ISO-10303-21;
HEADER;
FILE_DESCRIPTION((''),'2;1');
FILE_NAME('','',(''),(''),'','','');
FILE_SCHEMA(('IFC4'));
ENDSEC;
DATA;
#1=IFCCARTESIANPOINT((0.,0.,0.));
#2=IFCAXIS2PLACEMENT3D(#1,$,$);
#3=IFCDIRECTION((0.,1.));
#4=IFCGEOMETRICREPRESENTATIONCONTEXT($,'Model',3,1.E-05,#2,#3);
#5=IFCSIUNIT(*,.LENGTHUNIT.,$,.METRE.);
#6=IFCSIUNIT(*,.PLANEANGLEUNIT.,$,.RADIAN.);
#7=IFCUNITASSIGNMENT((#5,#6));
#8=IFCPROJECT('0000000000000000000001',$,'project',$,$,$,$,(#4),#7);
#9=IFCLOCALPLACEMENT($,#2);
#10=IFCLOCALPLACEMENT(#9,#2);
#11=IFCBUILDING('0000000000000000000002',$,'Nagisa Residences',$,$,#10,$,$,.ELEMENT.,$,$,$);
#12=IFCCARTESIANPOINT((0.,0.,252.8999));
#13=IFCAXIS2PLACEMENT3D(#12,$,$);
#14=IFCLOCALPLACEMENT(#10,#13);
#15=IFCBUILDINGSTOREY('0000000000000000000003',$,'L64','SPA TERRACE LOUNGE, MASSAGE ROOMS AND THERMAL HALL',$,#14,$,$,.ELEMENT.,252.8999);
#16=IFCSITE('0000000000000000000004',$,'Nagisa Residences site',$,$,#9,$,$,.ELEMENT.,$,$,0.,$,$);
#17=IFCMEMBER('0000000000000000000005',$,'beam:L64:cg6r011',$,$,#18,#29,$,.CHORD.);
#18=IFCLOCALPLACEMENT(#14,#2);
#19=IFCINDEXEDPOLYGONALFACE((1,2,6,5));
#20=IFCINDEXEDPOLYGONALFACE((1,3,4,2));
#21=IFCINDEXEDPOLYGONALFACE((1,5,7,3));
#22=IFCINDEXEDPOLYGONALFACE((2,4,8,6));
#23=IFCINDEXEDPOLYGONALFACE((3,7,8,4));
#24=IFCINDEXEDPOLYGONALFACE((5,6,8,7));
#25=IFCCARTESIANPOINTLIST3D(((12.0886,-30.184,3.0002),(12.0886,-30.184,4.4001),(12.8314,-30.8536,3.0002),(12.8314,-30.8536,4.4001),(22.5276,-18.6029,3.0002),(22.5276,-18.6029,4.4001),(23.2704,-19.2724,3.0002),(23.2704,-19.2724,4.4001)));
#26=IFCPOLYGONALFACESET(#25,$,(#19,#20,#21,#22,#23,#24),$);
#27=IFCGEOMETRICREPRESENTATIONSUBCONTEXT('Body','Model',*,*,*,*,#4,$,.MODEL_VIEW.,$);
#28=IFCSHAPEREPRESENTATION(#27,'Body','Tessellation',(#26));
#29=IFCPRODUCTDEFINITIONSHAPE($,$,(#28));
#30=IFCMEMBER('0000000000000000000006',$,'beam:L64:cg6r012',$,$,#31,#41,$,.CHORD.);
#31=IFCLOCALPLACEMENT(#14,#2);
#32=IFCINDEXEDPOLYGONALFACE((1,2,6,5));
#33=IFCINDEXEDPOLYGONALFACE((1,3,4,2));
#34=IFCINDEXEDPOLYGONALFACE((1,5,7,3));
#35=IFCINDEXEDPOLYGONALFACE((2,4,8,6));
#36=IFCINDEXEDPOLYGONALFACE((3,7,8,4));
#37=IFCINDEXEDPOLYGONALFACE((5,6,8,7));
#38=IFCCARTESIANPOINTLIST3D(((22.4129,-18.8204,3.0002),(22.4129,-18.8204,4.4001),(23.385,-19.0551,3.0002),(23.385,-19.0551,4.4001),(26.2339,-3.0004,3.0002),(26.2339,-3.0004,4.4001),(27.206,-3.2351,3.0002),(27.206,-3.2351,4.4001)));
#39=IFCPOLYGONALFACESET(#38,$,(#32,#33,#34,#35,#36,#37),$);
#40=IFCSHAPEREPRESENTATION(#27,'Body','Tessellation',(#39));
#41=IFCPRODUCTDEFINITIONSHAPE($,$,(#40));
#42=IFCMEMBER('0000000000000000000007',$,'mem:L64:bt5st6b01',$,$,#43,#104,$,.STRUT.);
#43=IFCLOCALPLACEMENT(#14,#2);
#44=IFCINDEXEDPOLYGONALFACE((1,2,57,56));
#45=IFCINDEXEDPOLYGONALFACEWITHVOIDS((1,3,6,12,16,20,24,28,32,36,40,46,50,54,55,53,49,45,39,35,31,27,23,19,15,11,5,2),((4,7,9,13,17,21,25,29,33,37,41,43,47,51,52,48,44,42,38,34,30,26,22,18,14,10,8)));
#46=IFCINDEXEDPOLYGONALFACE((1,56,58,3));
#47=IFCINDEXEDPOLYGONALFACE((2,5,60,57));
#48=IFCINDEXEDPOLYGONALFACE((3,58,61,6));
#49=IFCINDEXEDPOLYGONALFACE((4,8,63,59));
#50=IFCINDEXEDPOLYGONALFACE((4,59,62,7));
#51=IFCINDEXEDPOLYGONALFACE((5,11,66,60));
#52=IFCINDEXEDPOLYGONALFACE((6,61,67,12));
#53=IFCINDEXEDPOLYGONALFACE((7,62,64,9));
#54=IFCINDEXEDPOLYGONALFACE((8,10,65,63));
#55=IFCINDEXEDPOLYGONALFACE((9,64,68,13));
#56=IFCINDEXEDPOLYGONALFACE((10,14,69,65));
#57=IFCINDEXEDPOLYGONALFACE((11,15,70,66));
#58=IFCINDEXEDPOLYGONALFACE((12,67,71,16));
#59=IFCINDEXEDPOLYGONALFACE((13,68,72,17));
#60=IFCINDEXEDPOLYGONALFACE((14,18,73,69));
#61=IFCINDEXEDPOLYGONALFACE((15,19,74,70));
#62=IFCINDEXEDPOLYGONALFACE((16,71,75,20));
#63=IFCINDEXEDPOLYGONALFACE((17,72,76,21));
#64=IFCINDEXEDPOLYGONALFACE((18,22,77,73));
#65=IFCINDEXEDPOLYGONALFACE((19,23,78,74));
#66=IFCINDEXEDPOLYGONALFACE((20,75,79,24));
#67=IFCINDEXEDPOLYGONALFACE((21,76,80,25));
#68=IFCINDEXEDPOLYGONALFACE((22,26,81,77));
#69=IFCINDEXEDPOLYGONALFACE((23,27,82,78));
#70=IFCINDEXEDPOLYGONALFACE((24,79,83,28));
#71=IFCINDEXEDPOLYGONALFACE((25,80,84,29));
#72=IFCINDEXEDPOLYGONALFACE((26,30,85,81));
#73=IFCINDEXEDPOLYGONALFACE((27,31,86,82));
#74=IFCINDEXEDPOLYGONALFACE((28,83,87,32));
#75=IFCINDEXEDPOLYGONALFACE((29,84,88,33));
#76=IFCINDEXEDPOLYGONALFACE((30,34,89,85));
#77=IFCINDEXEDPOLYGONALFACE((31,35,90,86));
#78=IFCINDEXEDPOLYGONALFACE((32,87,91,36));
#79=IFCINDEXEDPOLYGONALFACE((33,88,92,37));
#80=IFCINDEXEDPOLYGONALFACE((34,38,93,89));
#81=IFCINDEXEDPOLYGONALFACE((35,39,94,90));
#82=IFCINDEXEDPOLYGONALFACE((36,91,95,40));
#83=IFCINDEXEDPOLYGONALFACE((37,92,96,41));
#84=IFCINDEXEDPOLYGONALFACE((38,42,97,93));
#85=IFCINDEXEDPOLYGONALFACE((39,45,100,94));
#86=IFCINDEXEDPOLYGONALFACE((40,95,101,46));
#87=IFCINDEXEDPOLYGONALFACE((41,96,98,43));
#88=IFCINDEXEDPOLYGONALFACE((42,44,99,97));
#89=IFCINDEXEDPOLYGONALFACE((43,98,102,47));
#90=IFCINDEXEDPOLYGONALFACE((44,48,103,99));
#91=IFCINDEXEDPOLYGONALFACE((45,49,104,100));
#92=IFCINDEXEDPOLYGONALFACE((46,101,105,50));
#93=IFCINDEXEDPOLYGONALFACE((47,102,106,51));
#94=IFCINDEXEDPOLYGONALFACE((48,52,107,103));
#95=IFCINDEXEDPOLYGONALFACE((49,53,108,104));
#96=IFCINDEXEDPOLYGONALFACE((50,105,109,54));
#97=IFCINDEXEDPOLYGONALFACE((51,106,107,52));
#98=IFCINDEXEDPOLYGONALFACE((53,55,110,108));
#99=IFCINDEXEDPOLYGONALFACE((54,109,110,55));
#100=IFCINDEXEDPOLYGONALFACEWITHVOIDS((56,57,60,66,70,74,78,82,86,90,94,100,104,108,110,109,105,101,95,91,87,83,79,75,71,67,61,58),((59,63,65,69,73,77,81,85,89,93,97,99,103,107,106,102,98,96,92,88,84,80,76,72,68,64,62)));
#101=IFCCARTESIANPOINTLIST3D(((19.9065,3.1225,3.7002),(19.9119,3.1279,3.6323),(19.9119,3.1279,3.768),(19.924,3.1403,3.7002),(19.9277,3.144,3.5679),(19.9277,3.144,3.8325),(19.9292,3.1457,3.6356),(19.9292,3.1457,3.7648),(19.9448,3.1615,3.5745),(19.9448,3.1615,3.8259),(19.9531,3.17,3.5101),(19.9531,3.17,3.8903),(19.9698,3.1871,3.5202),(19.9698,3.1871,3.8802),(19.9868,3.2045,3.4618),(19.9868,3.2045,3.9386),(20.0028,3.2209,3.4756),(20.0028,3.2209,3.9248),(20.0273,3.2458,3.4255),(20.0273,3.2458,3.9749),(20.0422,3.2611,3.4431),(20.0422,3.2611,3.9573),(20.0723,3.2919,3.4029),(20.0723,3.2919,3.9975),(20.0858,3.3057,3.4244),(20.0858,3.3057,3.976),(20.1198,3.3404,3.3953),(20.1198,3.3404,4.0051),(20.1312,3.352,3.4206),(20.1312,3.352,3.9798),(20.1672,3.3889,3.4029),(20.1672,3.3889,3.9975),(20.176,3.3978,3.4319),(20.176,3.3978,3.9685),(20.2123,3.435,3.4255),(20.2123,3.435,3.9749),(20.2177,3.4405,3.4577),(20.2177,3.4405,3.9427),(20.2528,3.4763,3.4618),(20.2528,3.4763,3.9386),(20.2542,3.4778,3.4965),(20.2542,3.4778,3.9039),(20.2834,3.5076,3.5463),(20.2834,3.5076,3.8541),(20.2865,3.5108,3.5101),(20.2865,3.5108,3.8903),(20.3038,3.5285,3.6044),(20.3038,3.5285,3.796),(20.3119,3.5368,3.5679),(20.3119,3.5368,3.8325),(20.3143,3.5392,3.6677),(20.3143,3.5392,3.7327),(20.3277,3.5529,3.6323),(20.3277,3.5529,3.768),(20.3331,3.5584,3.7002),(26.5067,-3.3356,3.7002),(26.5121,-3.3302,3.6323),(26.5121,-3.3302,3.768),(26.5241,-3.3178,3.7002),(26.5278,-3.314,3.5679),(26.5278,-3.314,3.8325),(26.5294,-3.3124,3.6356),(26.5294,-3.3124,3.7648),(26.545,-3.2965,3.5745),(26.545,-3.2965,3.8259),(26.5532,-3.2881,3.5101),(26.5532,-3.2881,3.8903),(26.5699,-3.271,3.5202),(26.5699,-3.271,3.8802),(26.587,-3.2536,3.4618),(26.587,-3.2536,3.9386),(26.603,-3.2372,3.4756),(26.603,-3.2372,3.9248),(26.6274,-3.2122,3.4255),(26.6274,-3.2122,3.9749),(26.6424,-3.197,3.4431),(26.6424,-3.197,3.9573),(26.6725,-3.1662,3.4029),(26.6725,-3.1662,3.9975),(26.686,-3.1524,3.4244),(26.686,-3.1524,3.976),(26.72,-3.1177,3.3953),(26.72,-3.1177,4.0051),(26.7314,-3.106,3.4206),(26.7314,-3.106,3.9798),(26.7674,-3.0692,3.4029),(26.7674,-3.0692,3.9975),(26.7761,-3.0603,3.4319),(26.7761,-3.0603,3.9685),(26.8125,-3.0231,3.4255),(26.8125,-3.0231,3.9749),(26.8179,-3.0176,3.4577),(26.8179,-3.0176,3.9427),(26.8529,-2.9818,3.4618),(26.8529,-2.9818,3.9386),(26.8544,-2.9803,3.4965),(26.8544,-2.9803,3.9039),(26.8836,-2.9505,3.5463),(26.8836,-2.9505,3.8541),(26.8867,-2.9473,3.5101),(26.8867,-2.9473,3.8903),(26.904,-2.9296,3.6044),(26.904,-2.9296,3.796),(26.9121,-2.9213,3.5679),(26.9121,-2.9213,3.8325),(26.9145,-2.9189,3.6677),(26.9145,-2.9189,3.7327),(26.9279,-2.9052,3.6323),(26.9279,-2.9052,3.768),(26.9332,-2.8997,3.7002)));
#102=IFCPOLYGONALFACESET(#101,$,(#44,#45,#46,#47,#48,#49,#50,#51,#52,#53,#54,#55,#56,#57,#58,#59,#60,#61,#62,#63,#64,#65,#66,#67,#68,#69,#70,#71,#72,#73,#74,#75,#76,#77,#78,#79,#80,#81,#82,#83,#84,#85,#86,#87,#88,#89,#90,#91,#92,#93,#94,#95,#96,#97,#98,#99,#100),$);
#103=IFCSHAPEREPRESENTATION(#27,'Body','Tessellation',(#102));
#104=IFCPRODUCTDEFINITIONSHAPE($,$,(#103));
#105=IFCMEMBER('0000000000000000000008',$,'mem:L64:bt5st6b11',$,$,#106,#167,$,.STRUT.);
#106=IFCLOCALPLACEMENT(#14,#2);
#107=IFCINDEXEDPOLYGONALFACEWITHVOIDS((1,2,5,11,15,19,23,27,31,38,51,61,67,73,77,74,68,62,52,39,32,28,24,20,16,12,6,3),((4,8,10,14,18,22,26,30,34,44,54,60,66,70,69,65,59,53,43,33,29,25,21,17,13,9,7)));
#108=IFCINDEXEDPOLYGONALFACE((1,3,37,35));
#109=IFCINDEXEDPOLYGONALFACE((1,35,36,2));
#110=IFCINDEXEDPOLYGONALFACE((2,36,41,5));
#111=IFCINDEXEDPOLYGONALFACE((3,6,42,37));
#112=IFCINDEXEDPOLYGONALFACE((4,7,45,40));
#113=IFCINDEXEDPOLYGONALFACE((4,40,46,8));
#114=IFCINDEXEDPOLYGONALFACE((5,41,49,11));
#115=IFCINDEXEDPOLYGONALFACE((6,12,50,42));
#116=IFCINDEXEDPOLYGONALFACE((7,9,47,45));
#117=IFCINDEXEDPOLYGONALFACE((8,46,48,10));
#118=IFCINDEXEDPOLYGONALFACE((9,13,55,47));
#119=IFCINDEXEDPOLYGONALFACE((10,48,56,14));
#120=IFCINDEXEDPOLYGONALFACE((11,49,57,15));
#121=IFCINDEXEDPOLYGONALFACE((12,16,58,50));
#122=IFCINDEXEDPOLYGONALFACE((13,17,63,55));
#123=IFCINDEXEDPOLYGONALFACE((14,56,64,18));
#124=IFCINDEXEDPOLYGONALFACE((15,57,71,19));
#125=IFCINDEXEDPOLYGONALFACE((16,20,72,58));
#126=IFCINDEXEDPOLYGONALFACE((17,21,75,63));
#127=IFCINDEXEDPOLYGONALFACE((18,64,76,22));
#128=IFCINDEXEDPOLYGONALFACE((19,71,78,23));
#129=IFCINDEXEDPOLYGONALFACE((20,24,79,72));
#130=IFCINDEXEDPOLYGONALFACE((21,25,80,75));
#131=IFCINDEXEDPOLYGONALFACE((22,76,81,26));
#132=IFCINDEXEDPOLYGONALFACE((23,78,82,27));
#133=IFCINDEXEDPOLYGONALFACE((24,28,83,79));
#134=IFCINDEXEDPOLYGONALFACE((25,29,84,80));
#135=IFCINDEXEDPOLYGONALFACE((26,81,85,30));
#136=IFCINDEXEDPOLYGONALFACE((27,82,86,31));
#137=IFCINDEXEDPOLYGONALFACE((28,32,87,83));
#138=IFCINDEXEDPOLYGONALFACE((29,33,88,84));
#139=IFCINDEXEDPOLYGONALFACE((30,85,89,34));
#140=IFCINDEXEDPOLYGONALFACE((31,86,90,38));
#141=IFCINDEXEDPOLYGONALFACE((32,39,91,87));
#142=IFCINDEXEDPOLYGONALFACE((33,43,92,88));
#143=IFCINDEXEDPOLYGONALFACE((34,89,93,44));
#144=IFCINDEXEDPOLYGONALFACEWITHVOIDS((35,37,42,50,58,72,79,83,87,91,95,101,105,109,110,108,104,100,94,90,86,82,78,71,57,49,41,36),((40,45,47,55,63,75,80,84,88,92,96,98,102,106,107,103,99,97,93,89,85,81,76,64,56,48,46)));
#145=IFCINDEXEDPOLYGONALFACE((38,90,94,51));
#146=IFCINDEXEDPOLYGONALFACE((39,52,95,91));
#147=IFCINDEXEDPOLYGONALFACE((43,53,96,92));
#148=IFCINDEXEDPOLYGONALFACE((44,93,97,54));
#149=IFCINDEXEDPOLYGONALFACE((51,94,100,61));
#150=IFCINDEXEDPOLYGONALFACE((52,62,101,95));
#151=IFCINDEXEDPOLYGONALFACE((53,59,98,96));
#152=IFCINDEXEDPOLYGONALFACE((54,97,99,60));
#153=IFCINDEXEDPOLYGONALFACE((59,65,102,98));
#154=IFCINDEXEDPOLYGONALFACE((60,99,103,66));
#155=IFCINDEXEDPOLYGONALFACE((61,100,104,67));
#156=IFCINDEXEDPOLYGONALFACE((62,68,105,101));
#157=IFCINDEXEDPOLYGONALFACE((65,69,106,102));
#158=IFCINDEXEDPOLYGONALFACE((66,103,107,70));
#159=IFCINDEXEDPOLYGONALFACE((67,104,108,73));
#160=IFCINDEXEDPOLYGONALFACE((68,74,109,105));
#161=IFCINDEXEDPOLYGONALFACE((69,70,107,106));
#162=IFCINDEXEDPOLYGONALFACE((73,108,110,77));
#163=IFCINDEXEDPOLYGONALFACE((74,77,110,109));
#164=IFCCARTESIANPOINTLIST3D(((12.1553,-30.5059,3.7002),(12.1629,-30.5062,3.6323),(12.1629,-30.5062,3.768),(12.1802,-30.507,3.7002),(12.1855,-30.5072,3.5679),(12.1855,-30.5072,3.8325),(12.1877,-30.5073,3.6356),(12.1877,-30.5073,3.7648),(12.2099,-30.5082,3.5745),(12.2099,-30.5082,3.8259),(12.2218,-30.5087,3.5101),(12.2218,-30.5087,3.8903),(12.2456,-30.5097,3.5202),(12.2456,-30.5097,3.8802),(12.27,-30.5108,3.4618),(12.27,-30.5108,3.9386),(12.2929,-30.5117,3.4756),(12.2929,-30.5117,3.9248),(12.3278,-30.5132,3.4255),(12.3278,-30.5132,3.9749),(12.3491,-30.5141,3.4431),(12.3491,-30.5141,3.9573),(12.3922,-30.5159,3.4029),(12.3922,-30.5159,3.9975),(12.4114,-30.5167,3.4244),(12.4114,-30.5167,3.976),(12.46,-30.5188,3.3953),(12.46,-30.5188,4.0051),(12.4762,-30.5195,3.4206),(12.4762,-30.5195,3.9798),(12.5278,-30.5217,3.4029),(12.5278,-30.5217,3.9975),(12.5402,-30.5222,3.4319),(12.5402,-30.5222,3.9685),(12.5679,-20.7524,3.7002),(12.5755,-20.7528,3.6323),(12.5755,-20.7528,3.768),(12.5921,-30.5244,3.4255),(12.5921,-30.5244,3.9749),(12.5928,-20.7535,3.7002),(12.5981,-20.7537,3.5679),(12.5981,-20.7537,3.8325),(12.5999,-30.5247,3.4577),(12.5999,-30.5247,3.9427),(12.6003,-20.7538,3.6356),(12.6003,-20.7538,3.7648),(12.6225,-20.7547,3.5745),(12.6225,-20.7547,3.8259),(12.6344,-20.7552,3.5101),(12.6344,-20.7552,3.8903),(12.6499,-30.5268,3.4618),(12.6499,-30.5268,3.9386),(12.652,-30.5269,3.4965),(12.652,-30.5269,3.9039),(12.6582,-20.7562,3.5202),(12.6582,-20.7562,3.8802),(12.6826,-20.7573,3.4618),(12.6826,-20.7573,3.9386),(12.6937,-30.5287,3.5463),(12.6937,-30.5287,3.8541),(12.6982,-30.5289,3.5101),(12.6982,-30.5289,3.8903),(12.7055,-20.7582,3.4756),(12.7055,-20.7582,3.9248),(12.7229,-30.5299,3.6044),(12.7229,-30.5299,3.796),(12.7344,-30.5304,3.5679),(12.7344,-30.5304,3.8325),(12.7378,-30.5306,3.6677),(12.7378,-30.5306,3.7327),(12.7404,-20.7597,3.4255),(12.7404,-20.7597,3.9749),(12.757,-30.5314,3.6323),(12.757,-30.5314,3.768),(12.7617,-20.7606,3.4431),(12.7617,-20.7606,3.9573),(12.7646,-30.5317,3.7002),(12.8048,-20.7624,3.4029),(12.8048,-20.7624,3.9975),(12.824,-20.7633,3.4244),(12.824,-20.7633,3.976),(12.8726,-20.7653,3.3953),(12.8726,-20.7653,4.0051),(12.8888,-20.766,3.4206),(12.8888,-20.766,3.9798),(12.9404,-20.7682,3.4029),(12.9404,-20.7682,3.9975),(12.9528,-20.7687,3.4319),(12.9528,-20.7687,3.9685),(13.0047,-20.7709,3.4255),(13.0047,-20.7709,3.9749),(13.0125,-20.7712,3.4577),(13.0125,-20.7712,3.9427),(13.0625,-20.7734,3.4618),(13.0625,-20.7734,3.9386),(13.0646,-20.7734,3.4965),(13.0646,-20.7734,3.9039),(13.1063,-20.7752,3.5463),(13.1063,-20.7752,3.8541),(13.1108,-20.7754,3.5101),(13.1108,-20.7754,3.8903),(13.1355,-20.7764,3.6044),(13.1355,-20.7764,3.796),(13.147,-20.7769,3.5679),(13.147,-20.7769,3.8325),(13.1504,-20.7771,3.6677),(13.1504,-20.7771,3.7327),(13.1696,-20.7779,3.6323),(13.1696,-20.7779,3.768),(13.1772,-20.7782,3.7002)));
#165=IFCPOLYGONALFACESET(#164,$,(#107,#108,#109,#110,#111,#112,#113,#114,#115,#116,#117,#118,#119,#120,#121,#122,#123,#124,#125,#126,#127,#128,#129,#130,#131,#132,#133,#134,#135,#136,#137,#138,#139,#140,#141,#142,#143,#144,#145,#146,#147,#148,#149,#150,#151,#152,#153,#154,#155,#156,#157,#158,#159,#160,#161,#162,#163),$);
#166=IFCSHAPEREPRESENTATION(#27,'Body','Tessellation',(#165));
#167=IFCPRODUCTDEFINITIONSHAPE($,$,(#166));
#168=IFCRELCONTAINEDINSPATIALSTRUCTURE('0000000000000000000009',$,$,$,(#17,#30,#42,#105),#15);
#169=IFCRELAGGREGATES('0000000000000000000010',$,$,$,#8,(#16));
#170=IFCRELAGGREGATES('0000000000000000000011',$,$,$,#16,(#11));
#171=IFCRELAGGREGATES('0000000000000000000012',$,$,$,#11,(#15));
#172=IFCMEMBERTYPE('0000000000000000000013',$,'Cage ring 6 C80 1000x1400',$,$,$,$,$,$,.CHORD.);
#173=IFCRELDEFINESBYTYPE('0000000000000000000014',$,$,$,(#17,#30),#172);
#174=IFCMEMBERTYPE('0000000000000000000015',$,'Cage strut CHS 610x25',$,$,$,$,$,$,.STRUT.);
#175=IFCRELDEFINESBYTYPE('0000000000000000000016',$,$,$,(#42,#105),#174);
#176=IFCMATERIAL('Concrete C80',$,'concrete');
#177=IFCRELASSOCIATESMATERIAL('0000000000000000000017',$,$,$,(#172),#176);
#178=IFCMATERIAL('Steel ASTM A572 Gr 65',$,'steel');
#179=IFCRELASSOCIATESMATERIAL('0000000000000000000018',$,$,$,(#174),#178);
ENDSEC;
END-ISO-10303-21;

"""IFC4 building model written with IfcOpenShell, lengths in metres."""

from ifc_helpers import new_model, si_unit, direction, frame, origin, origin_2d, place, context, subcontext, project, spatial, rectangle, hollow_circle, extrude, material, material_profile, profile_set, type_object, element, save


model = new_model("IFC4")

# Units and contexts
model_context = context("Model", 3, precision=1e-05, world=origin(), true_north=direction((0.0, 1.0)))
body_context = subcontext(model_context, "Body", "Model", "MODEL_VIEW")
ifc_project = project(units=[si_unit("LENGTHUNIT", "METRE"), si_unit("PLANEANGLEUNIT", "RADIAN")], contexts=[model_context])

# Site, building, storey
site_placement = place(None, origin())
site = spatial("IfcSite", under=ifc_project, at=site_placement, Name="Nagisa Residences site", CompositionType="ELEMENT", RefElevation=0.0)
building_placement = place(site_placement, origin())
building = spatial("IfcBuilding", under=site, at=building_placement, Name="Nagisa Residences", CompositionType="ELEMENT")
storey_placement = place(building_placement, frame((0.0, 0.0, 252.8999)))
storey = spatial("IfcBuildingStorey", under=building, at=storey_placement, Name="L64", Description="SPA TERRACE LOUNGE, MASSAGE ROOMS AND THERMAL HALL", CompositionType="ELEMENT", Elevation=252.8999)

# Members
ifc_material_1 = material(Name="Concrete C80", Category="concrete")
ifc_material_profile_1 = material_profile(ifc_material_1, rectangle(XDim=1.0, YDim=1.3999, at=origin_2d()), Name="C80 1000x1400")
ifc_profile_set_1 = profile_set([ifc_material_profile_1], Name="Concrete C80")
member_type_1 = type_object("IfcMemberType", Name="Cage ring 6 C80 1000x1400", PredefinedType="CHORD", material=ifc_profile_set_1)
member_1_placement = place(storey_placement, frame((12.46, -30.5188, 3.7002), z_axis=(0.669532, 0.742783, 0.0), x_axis=(-0.742783, 0.669532, 0.0)))
element("IfcMember", 1, at=member_1_placement, inside=storey, type_object=member_type_1, Name="beam:L64:cg6r011", PredefinedType="CHORD", context=body_context, shape_type="SweptSolid", body=[
    extrude(rectangle(XDim=1.0, YDim=1.3999, at=origin_2d()), origin(), (0.0, 0.0, 1.0), 15.5916),
])
member_2_placement = place(storey_placement, frame((22.8989, -18.9377, 3.7002), z_axis=(0.23478, 0.972048, 0.0), x_axis=(-0.972048, 0.23478, 0.0)))
element("IfcMember", 2, at=member_2_placement, inside=storey, type_object=member_type_1, Name="beam:L64:cg6r012", PredefinedType="CHORD", context=body_context, shape_type="SweptSolid", body=[
    extrude(rectangle(XDim=1.0, YDim=1.3999, at=origin_2d()), origin(), (0.0, 0.0, 1.0), 16.2749),
])
ifc_material_2 = material(Name="Steel ASTM A572 Gr 65", Category="steel")
ifc_material_profile_2 = material_profile(ifc_material_2, hollow_circle(Radius=0.3049, WallThickness=0.0249, at=origin_2d()), Name="CHS 610x25")
ifc_profile_set_2 = profile_set([ifc_material_profile_2], Name="Steel ASTM A572 Gr 65")
member_type_2 = type_object("IfcMemberType", Name="Cage strut CHS 610x25", PredefinedType="STRUT", material=ifc_profile_set_2)
member_3_placement = place(storey_placement, frame((26.72, -3.1177, 3.7002), z_axis=(-0.714759, 0.699371, 0.0), x_axis=(-0.699371, -0.714759, 0.0)))
element("IfcMember", 3, at=member_3_placement, inside=storey, type_object=member_type_2, Name="mem:L64:bt5st6b01", PredefinedType="STRUT", context=body_context, shape_type="SweptSolid", body=[
    extrude(hollow_circle(Radius=0.3049, WallThickness=0.0249, at=origin_2d()), origin(), (0.0, 0.0, 1.0), 9.2341),
])
member_4_placement = place(storey_placement, frame((12.46, -30.5188, 3.7002), z_axis=(0.042265, 0.999106, 0.0), x_axis=(-0.999106, 0.042265, 0.0)))
element("IfcMember", 4, at=member_4_placement, inside=storey, type_object=member_type_2, Name="mem:L64:bt5st6b11", PredefinedType="STRUT", context=body_context, shape_type="SweptSolid", body=[
    extrude(hollow_circle(Radius=0.3049, WallThickness=0.0249, at=origin_2d()), origin(), (0.0, 0.0, 1.0), 9.7622),
])

save(model, "model.ifc")
